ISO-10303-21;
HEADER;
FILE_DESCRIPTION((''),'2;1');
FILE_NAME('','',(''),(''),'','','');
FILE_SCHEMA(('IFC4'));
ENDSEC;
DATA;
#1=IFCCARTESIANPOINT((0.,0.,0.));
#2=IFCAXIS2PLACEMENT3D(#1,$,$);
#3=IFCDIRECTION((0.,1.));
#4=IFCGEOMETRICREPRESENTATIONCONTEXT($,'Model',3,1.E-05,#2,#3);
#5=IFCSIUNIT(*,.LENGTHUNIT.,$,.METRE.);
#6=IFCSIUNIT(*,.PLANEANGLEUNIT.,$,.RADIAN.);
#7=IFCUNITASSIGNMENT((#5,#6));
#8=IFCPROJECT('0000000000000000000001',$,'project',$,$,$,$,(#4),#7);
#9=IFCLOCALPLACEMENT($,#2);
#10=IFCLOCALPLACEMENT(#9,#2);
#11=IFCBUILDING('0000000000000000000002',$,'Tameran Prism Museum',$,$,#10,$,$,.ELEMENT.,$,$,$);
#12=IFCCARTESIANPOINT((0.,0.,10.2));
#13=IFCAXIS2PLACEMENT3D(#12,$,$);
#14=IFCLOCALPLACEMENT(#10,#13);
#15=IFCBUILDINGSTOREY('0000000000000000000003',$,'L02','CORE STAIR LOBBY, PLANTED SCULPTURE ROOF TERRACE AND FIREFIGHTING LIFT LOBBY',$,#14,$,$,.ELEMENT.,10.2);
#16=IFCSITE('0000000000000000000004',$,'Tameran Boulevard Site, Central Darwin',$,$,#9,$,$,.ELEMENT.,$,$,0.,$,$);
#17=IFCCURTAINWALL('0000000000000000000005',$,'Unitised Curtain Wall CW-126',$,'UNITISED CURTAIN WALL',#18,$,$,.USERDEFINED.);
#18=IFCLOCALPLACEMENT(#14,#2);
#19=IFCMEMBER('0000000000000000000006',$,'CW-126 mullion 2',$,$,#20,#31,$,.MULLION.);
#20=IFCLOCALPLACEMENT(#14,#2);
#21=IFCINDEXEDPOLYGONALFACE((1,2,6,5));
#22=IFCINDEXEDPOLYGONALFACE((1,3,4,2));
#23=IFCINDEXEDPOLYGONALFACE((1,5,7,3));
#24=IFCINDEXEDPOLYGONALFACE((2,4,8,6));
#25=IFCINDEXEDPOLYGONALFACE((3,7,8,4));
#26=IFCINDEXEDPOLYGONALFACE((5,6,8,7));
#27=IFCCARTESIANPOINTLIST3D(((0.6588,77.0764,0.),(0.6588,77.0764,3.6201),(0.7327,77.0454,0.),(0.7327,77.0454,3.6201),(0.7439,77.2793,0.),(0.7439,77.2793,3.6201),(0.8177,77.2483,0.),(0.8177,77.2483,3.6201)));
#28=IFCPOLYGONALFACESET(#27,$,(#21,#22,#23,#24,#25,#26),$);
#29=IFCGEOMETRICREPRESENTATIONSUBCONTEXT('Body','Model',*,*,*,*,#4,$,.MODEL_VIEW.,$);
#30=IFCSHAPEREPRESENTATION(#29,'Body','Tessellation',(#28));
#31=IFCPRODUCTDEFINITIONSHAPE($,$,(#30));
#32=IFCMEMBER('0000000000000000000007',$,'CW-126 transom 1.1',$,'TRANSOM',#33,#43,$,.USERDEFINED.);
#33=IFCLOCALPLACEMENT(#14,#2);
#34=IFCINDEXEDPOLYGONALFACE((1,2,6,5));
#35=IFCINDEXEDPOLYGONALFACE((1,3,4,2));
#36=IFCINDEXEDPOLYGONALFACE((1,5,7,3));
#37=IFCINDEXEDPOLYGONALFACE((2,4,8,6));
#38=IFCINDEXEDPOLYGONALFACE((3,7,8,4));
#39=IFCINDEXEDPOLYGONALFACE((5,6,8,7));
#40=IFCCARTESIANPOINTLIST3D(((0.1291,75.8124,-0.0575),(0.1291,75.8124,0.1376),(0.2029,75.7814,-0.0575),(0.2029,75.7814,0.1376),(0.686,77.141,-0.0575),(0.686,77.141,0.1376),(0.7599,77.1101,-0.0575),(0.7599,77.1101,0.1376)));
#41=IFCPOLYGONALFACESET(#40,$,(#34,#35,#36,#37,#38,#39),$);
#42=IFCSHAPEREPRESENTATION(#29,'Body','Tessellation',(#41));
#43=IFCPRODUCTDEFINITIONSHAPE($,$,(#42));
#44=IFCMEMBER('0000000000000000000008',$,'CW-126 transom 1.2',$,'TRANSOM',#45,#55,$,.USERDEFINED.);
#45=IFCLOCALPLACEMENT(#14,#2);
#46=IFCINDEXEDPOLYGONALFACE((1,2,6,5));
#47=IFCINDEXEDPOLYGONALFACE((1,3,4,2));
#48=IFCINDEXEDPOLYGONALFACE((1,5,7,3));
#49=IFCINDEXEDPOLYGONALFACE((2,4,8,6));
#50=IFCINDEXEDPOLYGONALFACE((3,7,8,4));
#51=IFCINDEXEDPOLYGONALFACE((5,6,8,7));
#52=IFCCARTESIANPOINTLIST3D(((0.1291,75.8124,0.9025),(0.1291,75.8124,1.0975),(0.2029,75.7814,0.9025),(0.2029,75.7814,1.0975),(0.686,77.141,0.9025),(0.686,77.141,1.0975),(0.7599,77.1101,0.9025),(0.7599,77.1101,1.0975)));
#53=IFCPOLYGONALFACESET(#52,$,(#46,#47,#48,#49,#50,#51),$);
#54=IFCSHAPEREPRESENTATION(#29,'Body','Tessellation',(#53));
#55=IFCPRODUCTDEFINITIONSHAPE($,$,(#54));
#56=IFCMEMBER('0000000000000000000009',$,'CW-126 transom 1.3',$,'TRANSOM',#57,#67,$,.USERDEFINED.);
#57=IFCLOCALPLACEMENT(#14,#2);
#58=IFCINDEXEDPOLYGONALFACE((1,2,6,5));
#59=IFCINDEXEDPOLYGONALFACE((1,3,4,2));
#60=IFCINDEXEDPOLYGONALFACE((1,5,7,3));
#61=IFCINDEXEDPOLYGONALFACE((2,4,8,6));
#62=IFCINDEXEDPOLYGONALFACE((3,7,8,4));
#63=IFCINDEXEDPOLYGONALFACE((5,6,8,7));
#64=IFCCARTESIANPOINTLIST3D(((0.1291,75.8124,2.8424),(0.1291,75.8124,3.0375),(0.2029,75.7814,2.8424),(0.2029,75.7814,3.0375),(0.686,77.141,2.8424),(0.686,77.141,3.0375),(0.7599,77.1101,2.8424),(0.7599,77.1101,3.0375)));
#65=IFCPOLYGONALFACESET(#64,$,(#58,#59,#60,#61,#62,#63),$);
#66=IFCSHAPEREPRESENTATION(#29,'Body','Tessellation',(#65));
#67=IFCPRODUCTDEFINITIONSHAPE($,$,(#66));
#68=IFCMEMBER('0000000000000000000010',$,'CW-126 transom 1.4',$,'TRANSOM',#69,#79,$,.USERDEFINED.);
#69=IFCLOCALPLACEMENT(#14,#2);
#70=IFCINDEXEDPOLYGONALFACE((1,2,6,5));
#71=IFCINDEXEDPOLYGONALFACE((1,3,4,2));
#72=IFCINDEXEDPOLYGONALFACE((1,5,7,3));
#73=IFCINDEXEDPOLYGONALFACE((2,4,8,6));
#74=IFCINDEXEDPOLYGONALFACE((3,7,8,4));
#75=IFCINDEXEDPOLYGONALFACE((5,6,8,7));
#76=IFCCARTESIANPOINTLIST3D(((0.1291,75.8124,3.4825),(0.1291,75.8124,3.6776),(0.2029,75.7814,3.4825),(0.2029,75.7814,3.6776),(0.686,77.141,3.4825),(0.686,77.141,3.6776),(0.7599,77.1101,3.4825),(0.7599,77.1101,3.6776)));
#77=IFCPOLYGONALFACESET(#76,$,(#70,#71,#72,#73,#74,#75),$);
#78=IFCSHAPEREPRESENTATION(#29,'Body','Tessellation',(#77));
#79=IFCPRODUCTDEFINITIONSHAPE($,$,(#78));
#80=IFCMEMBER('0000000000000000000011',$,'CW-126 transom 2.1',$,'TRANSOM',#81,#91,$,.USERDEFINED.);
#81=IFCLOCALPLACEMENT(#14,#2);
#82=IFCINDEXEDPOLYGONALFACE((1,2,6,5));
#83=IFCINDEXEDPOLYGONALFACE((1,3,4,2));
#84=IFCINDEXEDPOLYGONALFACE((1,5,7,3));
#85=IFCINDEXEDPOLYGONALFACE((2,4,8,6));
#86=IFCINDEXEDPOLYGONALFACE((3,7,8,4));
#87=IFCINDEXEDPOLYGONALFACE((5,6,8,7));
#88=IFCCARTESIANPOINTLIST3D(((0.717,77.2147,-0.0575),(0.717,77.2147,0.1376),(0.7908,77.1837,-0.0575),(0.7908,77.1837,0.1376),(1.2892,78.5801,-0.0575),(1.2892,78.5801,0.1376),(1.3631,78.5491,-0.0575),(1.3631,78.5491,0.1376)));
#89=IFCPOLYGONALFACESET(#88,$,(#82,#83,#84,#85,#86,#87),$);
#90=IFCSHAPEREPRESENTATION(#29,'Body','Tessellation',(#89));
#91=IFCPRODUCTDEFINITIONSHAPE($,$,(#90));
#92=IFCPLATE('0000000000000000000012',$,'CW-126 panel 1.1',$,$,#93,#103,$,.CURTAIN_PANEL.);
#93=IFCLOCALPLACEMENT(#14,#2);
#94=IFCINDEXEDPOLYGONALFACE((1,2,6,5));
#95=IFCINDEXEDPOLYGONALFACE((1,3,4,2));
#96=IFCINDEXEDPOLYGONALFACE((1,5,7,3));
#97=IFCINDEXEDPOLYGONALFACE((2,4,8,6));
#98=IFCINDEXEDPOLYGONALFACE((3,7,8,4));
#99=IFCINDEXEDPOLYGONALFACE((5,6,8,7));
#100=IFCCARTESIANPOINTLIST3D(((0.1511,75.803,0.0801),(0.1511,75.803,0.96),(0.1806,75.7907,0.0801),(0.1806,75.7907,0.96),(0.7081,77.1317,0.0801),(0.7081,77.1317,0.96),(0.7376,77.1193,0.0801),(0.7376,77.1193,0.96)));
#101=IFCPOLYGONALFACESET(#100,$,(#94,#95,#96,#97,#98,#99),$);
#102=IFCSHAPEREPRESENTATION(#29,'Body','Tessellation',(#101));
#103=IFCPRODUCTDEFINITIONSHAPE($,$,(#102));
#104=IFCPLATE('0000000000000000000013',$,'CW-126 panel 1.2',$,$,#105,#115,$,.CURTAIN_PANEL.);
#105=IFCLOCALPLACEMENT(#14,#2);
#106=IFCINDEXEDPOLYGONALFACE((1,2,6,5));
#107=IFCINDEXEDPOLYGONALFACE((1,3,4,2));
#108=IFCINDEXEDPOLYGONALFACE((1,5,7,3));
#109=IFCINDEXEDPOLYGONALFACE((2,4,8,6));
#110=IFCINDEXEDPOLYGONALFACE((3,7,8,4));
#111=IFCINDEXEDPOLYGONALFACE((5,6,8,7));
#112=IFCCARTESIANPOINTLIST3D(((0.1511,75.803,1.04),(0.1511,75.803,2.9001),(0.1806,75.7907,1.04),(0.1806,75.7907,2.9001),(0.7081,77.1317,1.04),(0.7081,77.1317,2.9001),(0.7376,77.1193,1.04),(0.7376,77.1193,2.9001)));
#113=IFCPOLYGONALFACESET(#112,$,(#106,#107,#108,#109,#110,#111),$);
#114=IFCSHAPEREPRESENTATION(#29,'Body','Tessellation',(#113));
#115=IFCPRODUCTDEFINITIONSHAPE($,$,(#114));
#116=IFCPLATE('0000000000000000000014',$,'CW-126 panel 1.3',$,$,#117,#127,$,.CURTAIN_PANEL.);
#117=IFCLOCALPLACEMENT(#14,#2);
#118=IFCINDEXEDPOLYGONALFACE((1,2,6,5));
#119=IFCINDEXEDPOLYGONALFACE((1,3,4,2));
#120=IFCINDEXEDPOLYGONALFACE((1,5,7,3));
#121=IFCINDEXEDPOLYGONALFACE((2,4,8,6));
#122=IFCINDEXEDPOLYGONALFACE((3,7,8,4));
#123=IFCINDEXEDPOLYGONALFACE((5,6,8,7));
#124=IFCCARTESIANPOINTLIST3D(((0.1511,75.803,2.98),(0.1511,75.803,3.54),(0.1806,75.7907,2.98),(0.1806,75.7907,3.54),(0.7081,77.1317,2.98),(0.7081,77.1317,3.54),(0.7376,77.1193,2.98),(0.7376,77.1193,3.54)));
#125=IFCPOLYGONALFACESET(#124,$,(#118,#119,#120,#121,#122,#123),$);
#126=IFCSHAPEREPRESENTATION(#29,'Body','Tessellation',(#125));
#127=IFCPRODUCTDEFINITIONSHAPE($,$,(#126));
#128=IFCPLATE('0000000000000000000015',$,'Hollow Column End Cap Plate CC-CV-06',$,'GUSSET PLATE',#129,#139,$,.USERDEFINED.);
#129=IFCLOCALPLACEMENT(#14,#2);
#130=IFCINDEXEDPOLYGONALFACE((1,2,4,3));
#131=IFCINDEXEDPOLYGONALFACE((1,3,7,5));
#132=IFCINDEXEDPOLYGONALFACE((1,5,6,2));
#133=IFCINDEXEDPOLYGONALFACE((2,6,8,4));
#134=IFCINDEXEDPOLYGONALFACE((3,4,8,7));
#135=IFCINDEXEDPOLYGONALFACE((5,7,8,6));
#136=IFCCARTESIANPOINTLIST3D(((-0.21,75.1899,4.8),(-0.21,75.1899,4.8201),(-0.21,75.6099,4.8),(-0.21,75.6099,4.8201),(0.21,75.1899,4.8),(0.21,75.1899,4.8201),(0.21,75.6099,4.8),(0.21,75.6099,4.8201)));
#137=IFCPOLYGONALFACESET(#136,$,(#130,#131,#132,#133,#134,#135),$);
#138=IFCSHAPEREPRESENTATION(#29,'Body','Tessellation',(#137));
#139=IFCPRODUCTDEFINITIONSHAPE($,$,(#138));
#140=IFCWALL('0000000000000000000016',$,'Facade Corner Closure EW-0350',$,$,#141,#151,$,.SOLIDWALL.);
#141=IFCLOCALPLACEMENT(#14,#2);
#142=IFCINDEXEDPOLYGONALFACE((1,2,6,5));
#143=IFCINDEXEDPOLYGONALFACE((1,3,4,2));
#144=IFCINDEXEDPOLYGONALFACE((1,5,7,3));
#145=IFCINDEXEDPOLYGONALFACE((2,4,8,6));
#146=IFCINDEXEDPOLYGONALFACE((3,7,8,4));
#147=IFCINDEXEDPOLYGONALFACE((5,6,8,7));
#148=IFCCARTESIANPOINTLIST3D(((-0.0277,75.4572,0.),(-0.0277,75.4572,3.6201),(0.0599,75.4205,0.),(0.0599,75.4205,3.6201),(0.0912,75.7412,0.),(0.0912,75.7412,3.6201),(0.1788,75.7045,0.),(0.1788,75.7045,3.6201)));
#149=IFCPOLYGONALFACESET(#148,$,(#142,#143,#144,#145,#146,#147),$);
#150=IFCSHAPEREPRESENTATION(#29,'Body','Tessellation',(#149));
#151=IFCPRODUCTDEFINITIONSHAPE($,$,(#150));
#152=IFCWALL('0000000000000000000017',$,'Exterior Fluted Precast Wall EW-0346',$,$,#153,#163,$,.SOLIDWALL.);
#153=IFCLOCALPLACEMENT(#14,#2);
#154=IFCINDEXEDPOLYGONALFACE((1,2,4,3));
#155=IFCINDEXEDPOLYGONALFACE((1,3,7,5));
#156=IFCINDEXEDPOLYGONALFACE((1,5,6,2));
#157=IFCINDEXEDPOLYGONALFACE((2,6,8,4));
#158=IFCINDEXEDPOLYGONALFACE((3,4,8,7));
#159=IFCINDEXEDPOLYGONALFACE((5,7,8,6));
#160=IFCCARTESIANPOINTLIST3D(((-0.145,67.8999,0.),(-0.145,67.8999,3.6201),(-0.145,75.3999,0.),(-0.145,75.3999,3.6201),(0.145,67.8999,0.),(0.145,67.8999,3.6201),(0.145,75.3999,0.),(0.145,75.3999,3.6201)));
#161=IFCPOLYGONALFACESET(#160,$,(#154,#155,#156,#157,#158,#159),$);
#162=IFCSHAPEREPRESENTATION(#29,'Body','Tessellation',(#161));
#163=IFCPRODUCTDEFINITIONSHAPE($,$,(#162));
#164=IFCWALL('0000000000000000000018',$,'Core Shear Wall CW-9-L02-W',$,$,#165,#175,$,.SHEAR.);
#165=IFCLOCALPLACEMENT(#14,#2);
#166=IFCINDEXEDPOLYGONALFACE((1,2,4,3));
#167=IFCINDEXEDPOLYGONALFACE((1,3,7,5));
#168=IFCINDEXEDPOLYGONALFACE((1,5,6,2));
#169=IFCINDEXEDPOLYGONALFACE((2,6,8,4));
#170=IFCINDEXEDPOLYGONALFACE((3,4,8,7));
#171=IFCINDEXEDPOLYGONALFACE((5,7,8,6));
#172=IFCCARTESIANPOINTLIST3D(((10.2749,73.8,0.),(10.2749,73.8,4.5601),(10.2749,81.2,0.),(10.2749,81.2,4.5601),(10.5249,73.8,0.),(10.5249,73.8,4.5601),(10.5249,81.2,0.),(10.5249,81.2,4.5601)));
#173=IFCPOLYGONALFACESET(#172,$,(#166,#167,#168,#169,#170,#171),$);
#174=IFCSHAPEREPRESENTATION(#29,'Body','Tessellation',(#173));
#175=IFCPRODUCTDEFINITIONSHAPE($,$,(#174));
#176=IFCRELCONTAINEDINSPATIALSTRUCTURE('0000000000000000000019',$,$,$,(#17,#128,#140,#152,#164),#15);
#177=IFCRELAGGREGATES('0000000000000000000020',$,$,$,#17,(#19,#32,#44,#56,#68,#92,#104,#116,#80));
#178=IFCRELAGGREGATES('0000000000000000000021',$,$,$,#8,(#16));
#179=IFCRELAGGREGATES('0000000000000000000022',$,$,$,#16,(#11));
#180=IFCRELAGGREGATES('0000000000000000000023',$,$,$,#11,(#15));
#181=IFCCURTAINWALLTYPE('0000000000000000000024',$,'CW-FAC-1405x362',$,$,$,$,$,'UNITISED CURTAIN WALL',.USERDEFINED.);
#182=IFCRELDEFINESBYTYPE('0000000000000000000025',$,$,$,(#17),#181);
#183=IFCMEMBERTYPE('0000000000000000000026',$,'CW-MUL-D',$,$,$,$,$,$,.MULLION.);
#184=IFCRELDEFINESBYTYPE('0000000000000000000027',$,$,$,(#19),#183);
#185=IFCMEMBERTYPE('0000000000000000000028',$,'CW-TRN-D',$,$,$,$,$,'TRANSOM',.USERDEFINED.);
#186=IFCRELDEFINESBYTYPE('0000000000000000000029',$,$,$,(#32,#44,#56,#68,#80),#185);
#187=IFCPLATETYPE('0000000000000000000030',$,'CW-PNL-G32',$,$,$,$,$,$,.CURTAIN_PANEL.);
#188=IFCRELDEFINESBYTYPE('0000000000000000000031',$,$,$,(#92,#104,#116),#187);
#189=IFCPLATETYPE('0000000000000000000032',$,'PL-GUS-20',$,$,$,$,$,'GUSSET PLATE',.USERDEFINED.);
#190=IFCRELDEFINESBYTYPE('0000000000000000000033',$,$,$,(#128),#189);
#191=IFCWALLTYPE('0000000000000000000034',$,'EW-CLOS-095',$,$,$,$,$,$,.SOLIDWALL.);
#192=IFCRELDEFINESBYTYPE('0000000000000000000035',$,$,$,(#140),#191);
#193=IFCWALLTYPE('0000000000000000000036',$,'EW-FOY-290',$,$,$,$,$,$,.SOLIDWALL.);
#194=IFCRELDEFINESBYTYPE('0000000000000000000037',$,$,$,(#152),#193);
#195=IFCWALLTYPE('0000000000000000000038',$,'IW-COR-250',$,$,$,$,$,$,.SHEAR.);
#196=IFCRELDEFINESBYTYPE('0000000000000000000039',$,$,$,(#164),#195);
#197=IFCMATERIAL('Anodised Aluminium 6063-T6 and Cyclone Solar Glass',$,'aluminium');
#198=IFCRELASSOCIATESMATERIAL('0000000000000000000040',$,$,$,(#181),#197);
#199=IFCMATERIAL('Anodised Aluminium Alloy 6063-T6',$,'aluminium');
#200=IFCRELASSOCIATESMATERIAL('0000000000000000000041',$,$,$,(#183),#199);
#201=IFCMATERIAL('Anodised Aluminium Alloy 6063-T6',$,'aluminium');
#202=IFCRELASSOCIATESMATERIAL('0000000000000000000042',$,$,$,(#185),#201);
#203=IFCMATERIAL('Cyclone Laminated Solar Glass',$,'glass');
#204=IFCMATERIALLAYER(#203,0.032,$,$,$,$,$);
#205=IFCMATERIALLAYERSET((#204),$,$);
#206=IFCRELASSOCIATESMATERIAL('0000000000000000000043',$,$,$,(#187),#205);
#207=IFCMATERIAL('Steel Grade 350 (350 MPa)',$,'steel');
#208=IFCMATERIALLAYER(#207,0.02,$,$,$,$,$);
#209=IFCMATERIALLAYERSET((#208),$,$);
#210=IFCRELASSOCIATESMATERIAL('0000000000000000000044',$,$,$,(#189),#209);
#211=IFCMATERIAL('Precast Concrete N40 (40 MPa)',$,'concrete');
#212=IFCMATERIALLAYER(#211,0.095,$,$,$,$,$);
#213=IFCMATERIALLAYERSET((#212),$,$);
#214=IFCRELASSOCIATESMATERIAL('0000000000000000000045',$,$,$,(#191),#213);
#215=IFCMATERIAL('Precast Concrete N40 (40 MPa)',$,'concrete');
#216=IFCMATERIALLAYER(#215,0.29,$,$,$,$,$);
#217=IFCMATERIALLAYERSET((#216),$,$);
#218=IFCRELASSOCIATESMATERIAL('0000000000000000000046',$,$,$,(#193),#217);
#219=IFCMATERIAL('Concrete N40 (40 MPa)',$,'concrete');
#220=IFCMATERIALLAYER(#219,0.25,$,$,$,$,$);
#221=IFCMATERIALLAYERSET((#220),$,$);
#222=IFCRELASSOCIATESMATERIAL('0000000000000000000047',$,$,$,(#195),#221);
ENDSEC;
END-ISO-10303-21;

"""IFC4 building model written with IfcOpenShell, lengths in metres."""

from ifc_helpers import new_model, si_unit, direction, frame, frame_2d, origin, origin_2d, place, context, subcontext, project, spatial, rectangle, extrude, material, layer, layer_set, material_profile, profile_set, type_object, element, aggregate, save


model = new_model("IFC4")

# Units and contexts
model_context = context("Model", 3, precision=1e-05, world=origin(), true_north=direction((0.0, 1.0)))
body_context = subcontext(model_context, "Body", "Model", "MODEL_VIEW")
ifc_project = project(units=[si_unit("LENGTHUNIT", "METRE"), si_unit("PLANEANGLEUNIT", "RADIAN")], contexts=[model_context])

# Site, building, storey
site_placement = place(None, origin())
site = spatial("IfcSite", under=ifc_project, at=site_placement, Name="Tameran Boulevard Site, Central Darwin", CompositionType="ELEMENT", RefElevation=0.0)
building_placement = place(site_placement, origin())
building = spatial("IfcBuilding", under=site, at=building_placement, Name="Tameran Prism Museum", CompositionType="ELEMENT")
storey_placement = place(building_placement, frame((0.0, 0.0, 10.2)))
storey = spatial("IfcBuildingStorey", under=building, at=storey_placement, Name="L02", Description="CORE STAIR LOBBY, PLANTED SCULPTURE ROOF TERRACE AND FIREFIGHTING LIFT LOBBY", CompositionType="ELEMENT", Elevation=10.2)

# Curtain wall, members, plates
ifc_material_1 = material(Name="Anodised Aluminium 6063-T6 and Cyclone Solar Glass", Category="aluminium")
curtain_wall_type = type_object("IfcCurtainWallType", Name="CW-FAC-1405x362", ElementType="UNITISED CURTAIN WALL", PredefinedType="USERDEFINED", material=ifc_material_1)
curtain_wall_placement = place(storey_placement, origin())
curtain_wall = element("IfcCurtainWall", 1, at=curtain_wall_placement, inside=storey, type_object=curtain_wall_type, Name="Unitised Curtain Wall CW-126", ObjectType="UNITISED CURTAIN WALL", PredefinedType="USERDEFINED")
ifc_material_2 = material(Name="Anodised Aluminium Alloy 6063-T6", Category="aluminium")
ifc_material_profile_1 = material_profile(ifc_material_2, rectangle(XDim=0.0801, YDim=0.22, at=origin_2d()))
ifc_profile_set_1 = profile_set([ifc_material_profile_1])
member_type_1 = type_object("IfcMemberType", Name="CW-MUL-D", PredefinedType="MULLION", material=ifc_profile_set_1)
member_1_placement = place(storey_placement, frame((0.7383, 77.1624, 0.0), z_axis=(0.0, 0.0, 1.0), x_axis=(-0.922253, 0.386586, 0.0)))
member_1 = element("IfcMember", 2, at=member_1_placement, type_object=member_type_1, Name="CW-126 mullion 2", PredefinedType="MULLION", context=body_context, shape_type="SweptSolid", body=[
    extrude(rectangle(XDim=0.0801, YDim=0.22, at=origin_2d()), origin(), (0.0, 0.0, 1.0), 3.6201),
])
ifc_material_3 = material(Name="Anodised Aluminium Alloy 6063-T6", Category="aluminium")
ifc_material_profile_2 = material_profile(ifc_material_3, rectangle(XDim=0.0801, YDim=0.1951, at=origin_2d()))
ifc_profile_set_2 = profile_set([ifc_material_profile_2])
member_type_2 = type_object("IfcMemberType", Name="CW-TRN-D", ElementType="TRANSOM", PredefinedType="USERDEFINED", material=ifc_profile_set_2)
member_2_placement = place(storey_placement, frame((0.166, 75.7969, 0.04), z_axis=(0.386564, 0.922263, 0.0), x_axis=(-0.922263, 0.386564, 0.0)))
member_2 = element("IfcMember", 3, at=member_2_placement, type_object=member_type_2, Name="CW-126 transom 1.1", ObjectType="TRANSOM", PredefinedType="USERDEFINED", context=body_context, shape_type="SweptSolid", body=[
    extrude(rectangle(XDim=0.0801, YDim=0.1951, at=origin_2d()), origin(), (0.0, 0.0, 1.0), 1.4407),
])
member_3_placement = place(storey_placement, frame((0.166, 75.7969, 1.0), z_axis=(0.386564, 0.922263, 0.0), x_axis=(-0.922263, 0.386564, 0.0)))
member_3 = element("IfcMember", 4, at=member_3_placement, type_object=member_type_2, Name="CW-126 transom 1.2", ObjectType="TRANSOM", PredefinedType="USERDEFINED", context=body_context, shape_type="SweptSolid", body=[
    extrude(rectangle(XDim=0.0801, YDim=0.1951, at=origin_2d()), origin(), (0.0, 0.0, 1.0), 1.4407),
])
member_4_placement = place(storey_placement, frame((0.166, 75.7969, 2.9399), z_axis=(0.386564, 0.922263, 0.0), x_axis=(-0.922263, 0.386564, 0.0)))
member_4 = element("IfcMember", 5, at=member_4_placement, type_object=member_type_2, Name="CW-126 transom 1.3", ObjectType="TRANSOM", PredefinedType="USERDEFINED", context=body_context, shape_type="SweptSolid", body=[
    extrude(rectangle(XDim=0.0801, YDim=0.1951, at=origin_2d()), origin(), (0.0, 0.0, 1.0), 1.4407),
])
member_5_placement = place(storey_placement, frame((0.166, 75.7969, 3.5801), z_axis=(0.386564, 0.922263, 0.0), x_axis=(-0.922263, 0.386564, 0.0)))
member_5 = element("IfcMember", 6, at=member_5_placement, type_object=member_type_2, Name="CW-126 transom 1.4", ObjectType="TRANSOM", PredefinedType="USERDEFINED", context=body_context, shape_type="SweptSolid", body=[
    extrude(rectangle(XDim=0.0801, YDim=0.1951, at=origin_2d()), origin(), (0.0, 0.0, 1.0), 1.4407),
])
member_6_placement = place(storey_placement, frame((0.7539, 77.1992, 0.04), z_axis=(0.386523, 0.92228, 0.0), x_axis=(-0.92228, 0.386523, 0.0)))
member_6 = element("IfcMember", 7, at=member_6_placement, type_object=member_type_2, Name="CW-126 transom 2.1", ObjectType="TRANSOM", PredefinedType="USERDEFINED", context=body_context, shape_type="SweptSolid", body=[
    extrude(rectangle(XDim=0.0801, YDim=0.1951, at=origin_2d()), origin(), (0.0, 0.0, 1.0), 1.4805),
])
ifc_material_4 = material(Name="Cyclone Laminated Solar Glass", Category="glass")
ifc_layer_1 = layer(ifc_material_4, 0.032)
ifc_layer_set_1 = layer_set([ifc_layer_1])
plate_type_1 = type_object("IfcPlateType", Name="CW-PNL-G32", PredefinedType="CURTAIN_PANEL", material=ifc_layer_set_1)
plate_1_placement = place(storey_placement, frame((0.4443, 76.4612, 0.0801), z_axis=(0.0, 0.0, 1.0), x_axis=(0.386586, 0.922253, 0.0)))
plate_1 = element("IfcPlate", 8, at=plate_1_placement, type_object=plate_type_1, Name="CW-126 panel 1.1", PredefinedType="CURTAIN_PANEL", context=body_context, shape_type="SweptSolid", body=[
    extrude(rectangle(XDim=1.4407, YDim=0.032, at=origin_2d()), origin(), (0.0, 0.0, 1.0), 0.8799),
])
plate_2_placement = place(storey_placement, frame((0.4443, 76.4612, 1.04), z_axis=(0.0, 0.0, 1.0), x_axis=(0.386586, 0.922253, 0.0)))
plate_2 = element("IfcPlate", 9, at=plate_2_placement, type_object=plate_type_1, Name="CW-126 panel 1.2", PredefinedType="CURTAIN_PANEL", context=body_context, shape_type="SweptSolid", body=[
    extrude(rectangle(XDim=1.4407, YDim=0.032, at=origin_2d()), origin(), (0.0, 0.0, 1.0), 1.8601),
])
plate_3_placement = place(storey_placement, frame((0.4443, 76.4612, 2.98), z_axis=(0.0, 0.0, 1.0), x_axis=(0.386586, 0.922253, 0.0)))
plate_3 = element("IfcPlate", 10, at=plate_3_placement, type_object=plate_type_1, Name="CW-126 panel 1.3", PredefinedType="CURTAIN_PANEL", context=body_context, shape_type="SweptSolid", body=[
    extrude(rectangle(XDim=1.4407, YDim=0.032, at=origin_2d()), origin(), (0.0, 0.0, 1.0), 0.5601),
])
aggregate(curtain_wall, [member_1, member_2, member_3, member_4, member_5, plate_1, plate_2, plate_3, member_6])

# Plate
ifc_material_5 = material(Name="Steel Grade 350 (350 MPa)", Category="steel")
ifc_layer_2 = layer(ifc_material_5, 0.02)
ifc_layer_set_2 = layer_set([ifc_layer_2])
plate_type_2 = type_object("IfcPlateType", Name="PL-GUS-20", ElementType="GUSSET PLATE", PredefinedType="USERDEFINED", material=ifc_layer_set_2)
plate_4_placement = place(storey_placement, frame((0.0, 75.3999, 4.8), z_axis=(0.0, 0.0, 1.0), x_axis=(1.0, 0.0, 0.0)))
element("IfcPlate", 11, at=plate_4_placement, inside=storey, type_object=plate_type_2, Name="Hollow Column End Cap Plate CC-CV-06", ObjectType="GUSSET PLATE", PredefinedType="USERDEFINED", context=body_context, shape_type="SweptSolid", body=[
    extrude(rectangle(XDim=0.4199, YDim=0.4199, at=origin_2d()), origin(), (0.0, 0.0, 1.0), 0.02),
])

# Walls
ifc_material_6 = material(Name="Precast Concrete N40 (40 MPa)", Category="concrete")
ifc_layer_3 = layer(ifc_material_6, 0.095)
ifc_layer_set_3 = layer_set([ifc_layer_3])
wall_type_1 = type_object("IfcWallType", Name="EW-CLOS-095", PredefinedType="SOLIDWALL", material=ifc_layer_set_3)
wall_1_placement = place(storey_placement, frame((0.0161, 75.439, 0.0), z_axis=(0.0, 0.0, 1.0), x_axis=(0.386248, 0.922395, 0.0)))
element("IfcWall", 12, at=wall_1_placement, inside=storey, type_object=wall_type_1, Name="Facade Corner Closure EW-0350", PredefinedType="SOLIDWALL", context=body_context, shape_type="SweptSolid", body=[
    extrude(rectangle(XDim=0.3079, YDim=0.095, at=frame_2d((0.1538, 0.0))), origin(), (0.0, 0.0, 1.0), 3.6201),
])
ifc_material_7 = material(Name="Precast Concrete N40 (40 MPa)", Category="concrete")
ifc_layer_4 = layer(ifc_material_7, 0.29)
ifc_layer_set_4 = layer_set([ifc_layer_4])
wall_type_2 = type_object("IfcWallType", Name="EW-FOY-290", PredefinedType="SOLIDWALL", material=ifc_layer_set_4)
wall_2_placement = place(storey_placement, frame((0.0, 67.8999, 0.0), z_axis=(0.0, 0.0, 1.0), x_axis=(0.0, 1.0, 0.0)))
element("IfcWall", 13, at=wall_2_placement, inside=storey, type_object=wall_type_2, Name="Exterior Fluted Precast Wall EW-0346", PredefinedType="SOLIDWALL", context=body_context, shape_type="SweptSolid", body=[
    extrude(rectangle(XDim=7.5, YDim=0.29, at=frame_2d((3.75, 0.0))), origin(), (0.0, 0.0, 1.0), 3.6201),
])
ifc_material_8 = material(Name="Concrete N40 (40 MPa)", Category="concrete")
ifc_layer_5 = layer(ifc_material_8, 0.25)
ifc_layer_set_5 = layer_set([ifc_layer_5])
wall_type_3 = type_object("IfcWallType", Name="IW-COR-250", PredefinedType="SHEAR", material=ifc_layer_set_5)
wall_3_placement = place(storey_placement, frame((10.3999, 73.8, 0.0), z_axis=(0.0, 0.0, 1.0), x_axis=(0.0, 1.0, 0.0)))
element("IfcWall", 14, at=wall_3_placement, inside=storey, type_object=wall_type_3, Name="Core Shear Wall CW-9-L02-W", PredefinedType="SHEAR", context=body_context, shape_type="SweptSolid", body=[
    extrude(rectangle(XDim=7.3999, YDim=0.25, at=frame_2d((3.7, 0.0))), origin(), (0.0, 0.0, 1.0), 4.5601),
])

save(model, "model.ifc")
